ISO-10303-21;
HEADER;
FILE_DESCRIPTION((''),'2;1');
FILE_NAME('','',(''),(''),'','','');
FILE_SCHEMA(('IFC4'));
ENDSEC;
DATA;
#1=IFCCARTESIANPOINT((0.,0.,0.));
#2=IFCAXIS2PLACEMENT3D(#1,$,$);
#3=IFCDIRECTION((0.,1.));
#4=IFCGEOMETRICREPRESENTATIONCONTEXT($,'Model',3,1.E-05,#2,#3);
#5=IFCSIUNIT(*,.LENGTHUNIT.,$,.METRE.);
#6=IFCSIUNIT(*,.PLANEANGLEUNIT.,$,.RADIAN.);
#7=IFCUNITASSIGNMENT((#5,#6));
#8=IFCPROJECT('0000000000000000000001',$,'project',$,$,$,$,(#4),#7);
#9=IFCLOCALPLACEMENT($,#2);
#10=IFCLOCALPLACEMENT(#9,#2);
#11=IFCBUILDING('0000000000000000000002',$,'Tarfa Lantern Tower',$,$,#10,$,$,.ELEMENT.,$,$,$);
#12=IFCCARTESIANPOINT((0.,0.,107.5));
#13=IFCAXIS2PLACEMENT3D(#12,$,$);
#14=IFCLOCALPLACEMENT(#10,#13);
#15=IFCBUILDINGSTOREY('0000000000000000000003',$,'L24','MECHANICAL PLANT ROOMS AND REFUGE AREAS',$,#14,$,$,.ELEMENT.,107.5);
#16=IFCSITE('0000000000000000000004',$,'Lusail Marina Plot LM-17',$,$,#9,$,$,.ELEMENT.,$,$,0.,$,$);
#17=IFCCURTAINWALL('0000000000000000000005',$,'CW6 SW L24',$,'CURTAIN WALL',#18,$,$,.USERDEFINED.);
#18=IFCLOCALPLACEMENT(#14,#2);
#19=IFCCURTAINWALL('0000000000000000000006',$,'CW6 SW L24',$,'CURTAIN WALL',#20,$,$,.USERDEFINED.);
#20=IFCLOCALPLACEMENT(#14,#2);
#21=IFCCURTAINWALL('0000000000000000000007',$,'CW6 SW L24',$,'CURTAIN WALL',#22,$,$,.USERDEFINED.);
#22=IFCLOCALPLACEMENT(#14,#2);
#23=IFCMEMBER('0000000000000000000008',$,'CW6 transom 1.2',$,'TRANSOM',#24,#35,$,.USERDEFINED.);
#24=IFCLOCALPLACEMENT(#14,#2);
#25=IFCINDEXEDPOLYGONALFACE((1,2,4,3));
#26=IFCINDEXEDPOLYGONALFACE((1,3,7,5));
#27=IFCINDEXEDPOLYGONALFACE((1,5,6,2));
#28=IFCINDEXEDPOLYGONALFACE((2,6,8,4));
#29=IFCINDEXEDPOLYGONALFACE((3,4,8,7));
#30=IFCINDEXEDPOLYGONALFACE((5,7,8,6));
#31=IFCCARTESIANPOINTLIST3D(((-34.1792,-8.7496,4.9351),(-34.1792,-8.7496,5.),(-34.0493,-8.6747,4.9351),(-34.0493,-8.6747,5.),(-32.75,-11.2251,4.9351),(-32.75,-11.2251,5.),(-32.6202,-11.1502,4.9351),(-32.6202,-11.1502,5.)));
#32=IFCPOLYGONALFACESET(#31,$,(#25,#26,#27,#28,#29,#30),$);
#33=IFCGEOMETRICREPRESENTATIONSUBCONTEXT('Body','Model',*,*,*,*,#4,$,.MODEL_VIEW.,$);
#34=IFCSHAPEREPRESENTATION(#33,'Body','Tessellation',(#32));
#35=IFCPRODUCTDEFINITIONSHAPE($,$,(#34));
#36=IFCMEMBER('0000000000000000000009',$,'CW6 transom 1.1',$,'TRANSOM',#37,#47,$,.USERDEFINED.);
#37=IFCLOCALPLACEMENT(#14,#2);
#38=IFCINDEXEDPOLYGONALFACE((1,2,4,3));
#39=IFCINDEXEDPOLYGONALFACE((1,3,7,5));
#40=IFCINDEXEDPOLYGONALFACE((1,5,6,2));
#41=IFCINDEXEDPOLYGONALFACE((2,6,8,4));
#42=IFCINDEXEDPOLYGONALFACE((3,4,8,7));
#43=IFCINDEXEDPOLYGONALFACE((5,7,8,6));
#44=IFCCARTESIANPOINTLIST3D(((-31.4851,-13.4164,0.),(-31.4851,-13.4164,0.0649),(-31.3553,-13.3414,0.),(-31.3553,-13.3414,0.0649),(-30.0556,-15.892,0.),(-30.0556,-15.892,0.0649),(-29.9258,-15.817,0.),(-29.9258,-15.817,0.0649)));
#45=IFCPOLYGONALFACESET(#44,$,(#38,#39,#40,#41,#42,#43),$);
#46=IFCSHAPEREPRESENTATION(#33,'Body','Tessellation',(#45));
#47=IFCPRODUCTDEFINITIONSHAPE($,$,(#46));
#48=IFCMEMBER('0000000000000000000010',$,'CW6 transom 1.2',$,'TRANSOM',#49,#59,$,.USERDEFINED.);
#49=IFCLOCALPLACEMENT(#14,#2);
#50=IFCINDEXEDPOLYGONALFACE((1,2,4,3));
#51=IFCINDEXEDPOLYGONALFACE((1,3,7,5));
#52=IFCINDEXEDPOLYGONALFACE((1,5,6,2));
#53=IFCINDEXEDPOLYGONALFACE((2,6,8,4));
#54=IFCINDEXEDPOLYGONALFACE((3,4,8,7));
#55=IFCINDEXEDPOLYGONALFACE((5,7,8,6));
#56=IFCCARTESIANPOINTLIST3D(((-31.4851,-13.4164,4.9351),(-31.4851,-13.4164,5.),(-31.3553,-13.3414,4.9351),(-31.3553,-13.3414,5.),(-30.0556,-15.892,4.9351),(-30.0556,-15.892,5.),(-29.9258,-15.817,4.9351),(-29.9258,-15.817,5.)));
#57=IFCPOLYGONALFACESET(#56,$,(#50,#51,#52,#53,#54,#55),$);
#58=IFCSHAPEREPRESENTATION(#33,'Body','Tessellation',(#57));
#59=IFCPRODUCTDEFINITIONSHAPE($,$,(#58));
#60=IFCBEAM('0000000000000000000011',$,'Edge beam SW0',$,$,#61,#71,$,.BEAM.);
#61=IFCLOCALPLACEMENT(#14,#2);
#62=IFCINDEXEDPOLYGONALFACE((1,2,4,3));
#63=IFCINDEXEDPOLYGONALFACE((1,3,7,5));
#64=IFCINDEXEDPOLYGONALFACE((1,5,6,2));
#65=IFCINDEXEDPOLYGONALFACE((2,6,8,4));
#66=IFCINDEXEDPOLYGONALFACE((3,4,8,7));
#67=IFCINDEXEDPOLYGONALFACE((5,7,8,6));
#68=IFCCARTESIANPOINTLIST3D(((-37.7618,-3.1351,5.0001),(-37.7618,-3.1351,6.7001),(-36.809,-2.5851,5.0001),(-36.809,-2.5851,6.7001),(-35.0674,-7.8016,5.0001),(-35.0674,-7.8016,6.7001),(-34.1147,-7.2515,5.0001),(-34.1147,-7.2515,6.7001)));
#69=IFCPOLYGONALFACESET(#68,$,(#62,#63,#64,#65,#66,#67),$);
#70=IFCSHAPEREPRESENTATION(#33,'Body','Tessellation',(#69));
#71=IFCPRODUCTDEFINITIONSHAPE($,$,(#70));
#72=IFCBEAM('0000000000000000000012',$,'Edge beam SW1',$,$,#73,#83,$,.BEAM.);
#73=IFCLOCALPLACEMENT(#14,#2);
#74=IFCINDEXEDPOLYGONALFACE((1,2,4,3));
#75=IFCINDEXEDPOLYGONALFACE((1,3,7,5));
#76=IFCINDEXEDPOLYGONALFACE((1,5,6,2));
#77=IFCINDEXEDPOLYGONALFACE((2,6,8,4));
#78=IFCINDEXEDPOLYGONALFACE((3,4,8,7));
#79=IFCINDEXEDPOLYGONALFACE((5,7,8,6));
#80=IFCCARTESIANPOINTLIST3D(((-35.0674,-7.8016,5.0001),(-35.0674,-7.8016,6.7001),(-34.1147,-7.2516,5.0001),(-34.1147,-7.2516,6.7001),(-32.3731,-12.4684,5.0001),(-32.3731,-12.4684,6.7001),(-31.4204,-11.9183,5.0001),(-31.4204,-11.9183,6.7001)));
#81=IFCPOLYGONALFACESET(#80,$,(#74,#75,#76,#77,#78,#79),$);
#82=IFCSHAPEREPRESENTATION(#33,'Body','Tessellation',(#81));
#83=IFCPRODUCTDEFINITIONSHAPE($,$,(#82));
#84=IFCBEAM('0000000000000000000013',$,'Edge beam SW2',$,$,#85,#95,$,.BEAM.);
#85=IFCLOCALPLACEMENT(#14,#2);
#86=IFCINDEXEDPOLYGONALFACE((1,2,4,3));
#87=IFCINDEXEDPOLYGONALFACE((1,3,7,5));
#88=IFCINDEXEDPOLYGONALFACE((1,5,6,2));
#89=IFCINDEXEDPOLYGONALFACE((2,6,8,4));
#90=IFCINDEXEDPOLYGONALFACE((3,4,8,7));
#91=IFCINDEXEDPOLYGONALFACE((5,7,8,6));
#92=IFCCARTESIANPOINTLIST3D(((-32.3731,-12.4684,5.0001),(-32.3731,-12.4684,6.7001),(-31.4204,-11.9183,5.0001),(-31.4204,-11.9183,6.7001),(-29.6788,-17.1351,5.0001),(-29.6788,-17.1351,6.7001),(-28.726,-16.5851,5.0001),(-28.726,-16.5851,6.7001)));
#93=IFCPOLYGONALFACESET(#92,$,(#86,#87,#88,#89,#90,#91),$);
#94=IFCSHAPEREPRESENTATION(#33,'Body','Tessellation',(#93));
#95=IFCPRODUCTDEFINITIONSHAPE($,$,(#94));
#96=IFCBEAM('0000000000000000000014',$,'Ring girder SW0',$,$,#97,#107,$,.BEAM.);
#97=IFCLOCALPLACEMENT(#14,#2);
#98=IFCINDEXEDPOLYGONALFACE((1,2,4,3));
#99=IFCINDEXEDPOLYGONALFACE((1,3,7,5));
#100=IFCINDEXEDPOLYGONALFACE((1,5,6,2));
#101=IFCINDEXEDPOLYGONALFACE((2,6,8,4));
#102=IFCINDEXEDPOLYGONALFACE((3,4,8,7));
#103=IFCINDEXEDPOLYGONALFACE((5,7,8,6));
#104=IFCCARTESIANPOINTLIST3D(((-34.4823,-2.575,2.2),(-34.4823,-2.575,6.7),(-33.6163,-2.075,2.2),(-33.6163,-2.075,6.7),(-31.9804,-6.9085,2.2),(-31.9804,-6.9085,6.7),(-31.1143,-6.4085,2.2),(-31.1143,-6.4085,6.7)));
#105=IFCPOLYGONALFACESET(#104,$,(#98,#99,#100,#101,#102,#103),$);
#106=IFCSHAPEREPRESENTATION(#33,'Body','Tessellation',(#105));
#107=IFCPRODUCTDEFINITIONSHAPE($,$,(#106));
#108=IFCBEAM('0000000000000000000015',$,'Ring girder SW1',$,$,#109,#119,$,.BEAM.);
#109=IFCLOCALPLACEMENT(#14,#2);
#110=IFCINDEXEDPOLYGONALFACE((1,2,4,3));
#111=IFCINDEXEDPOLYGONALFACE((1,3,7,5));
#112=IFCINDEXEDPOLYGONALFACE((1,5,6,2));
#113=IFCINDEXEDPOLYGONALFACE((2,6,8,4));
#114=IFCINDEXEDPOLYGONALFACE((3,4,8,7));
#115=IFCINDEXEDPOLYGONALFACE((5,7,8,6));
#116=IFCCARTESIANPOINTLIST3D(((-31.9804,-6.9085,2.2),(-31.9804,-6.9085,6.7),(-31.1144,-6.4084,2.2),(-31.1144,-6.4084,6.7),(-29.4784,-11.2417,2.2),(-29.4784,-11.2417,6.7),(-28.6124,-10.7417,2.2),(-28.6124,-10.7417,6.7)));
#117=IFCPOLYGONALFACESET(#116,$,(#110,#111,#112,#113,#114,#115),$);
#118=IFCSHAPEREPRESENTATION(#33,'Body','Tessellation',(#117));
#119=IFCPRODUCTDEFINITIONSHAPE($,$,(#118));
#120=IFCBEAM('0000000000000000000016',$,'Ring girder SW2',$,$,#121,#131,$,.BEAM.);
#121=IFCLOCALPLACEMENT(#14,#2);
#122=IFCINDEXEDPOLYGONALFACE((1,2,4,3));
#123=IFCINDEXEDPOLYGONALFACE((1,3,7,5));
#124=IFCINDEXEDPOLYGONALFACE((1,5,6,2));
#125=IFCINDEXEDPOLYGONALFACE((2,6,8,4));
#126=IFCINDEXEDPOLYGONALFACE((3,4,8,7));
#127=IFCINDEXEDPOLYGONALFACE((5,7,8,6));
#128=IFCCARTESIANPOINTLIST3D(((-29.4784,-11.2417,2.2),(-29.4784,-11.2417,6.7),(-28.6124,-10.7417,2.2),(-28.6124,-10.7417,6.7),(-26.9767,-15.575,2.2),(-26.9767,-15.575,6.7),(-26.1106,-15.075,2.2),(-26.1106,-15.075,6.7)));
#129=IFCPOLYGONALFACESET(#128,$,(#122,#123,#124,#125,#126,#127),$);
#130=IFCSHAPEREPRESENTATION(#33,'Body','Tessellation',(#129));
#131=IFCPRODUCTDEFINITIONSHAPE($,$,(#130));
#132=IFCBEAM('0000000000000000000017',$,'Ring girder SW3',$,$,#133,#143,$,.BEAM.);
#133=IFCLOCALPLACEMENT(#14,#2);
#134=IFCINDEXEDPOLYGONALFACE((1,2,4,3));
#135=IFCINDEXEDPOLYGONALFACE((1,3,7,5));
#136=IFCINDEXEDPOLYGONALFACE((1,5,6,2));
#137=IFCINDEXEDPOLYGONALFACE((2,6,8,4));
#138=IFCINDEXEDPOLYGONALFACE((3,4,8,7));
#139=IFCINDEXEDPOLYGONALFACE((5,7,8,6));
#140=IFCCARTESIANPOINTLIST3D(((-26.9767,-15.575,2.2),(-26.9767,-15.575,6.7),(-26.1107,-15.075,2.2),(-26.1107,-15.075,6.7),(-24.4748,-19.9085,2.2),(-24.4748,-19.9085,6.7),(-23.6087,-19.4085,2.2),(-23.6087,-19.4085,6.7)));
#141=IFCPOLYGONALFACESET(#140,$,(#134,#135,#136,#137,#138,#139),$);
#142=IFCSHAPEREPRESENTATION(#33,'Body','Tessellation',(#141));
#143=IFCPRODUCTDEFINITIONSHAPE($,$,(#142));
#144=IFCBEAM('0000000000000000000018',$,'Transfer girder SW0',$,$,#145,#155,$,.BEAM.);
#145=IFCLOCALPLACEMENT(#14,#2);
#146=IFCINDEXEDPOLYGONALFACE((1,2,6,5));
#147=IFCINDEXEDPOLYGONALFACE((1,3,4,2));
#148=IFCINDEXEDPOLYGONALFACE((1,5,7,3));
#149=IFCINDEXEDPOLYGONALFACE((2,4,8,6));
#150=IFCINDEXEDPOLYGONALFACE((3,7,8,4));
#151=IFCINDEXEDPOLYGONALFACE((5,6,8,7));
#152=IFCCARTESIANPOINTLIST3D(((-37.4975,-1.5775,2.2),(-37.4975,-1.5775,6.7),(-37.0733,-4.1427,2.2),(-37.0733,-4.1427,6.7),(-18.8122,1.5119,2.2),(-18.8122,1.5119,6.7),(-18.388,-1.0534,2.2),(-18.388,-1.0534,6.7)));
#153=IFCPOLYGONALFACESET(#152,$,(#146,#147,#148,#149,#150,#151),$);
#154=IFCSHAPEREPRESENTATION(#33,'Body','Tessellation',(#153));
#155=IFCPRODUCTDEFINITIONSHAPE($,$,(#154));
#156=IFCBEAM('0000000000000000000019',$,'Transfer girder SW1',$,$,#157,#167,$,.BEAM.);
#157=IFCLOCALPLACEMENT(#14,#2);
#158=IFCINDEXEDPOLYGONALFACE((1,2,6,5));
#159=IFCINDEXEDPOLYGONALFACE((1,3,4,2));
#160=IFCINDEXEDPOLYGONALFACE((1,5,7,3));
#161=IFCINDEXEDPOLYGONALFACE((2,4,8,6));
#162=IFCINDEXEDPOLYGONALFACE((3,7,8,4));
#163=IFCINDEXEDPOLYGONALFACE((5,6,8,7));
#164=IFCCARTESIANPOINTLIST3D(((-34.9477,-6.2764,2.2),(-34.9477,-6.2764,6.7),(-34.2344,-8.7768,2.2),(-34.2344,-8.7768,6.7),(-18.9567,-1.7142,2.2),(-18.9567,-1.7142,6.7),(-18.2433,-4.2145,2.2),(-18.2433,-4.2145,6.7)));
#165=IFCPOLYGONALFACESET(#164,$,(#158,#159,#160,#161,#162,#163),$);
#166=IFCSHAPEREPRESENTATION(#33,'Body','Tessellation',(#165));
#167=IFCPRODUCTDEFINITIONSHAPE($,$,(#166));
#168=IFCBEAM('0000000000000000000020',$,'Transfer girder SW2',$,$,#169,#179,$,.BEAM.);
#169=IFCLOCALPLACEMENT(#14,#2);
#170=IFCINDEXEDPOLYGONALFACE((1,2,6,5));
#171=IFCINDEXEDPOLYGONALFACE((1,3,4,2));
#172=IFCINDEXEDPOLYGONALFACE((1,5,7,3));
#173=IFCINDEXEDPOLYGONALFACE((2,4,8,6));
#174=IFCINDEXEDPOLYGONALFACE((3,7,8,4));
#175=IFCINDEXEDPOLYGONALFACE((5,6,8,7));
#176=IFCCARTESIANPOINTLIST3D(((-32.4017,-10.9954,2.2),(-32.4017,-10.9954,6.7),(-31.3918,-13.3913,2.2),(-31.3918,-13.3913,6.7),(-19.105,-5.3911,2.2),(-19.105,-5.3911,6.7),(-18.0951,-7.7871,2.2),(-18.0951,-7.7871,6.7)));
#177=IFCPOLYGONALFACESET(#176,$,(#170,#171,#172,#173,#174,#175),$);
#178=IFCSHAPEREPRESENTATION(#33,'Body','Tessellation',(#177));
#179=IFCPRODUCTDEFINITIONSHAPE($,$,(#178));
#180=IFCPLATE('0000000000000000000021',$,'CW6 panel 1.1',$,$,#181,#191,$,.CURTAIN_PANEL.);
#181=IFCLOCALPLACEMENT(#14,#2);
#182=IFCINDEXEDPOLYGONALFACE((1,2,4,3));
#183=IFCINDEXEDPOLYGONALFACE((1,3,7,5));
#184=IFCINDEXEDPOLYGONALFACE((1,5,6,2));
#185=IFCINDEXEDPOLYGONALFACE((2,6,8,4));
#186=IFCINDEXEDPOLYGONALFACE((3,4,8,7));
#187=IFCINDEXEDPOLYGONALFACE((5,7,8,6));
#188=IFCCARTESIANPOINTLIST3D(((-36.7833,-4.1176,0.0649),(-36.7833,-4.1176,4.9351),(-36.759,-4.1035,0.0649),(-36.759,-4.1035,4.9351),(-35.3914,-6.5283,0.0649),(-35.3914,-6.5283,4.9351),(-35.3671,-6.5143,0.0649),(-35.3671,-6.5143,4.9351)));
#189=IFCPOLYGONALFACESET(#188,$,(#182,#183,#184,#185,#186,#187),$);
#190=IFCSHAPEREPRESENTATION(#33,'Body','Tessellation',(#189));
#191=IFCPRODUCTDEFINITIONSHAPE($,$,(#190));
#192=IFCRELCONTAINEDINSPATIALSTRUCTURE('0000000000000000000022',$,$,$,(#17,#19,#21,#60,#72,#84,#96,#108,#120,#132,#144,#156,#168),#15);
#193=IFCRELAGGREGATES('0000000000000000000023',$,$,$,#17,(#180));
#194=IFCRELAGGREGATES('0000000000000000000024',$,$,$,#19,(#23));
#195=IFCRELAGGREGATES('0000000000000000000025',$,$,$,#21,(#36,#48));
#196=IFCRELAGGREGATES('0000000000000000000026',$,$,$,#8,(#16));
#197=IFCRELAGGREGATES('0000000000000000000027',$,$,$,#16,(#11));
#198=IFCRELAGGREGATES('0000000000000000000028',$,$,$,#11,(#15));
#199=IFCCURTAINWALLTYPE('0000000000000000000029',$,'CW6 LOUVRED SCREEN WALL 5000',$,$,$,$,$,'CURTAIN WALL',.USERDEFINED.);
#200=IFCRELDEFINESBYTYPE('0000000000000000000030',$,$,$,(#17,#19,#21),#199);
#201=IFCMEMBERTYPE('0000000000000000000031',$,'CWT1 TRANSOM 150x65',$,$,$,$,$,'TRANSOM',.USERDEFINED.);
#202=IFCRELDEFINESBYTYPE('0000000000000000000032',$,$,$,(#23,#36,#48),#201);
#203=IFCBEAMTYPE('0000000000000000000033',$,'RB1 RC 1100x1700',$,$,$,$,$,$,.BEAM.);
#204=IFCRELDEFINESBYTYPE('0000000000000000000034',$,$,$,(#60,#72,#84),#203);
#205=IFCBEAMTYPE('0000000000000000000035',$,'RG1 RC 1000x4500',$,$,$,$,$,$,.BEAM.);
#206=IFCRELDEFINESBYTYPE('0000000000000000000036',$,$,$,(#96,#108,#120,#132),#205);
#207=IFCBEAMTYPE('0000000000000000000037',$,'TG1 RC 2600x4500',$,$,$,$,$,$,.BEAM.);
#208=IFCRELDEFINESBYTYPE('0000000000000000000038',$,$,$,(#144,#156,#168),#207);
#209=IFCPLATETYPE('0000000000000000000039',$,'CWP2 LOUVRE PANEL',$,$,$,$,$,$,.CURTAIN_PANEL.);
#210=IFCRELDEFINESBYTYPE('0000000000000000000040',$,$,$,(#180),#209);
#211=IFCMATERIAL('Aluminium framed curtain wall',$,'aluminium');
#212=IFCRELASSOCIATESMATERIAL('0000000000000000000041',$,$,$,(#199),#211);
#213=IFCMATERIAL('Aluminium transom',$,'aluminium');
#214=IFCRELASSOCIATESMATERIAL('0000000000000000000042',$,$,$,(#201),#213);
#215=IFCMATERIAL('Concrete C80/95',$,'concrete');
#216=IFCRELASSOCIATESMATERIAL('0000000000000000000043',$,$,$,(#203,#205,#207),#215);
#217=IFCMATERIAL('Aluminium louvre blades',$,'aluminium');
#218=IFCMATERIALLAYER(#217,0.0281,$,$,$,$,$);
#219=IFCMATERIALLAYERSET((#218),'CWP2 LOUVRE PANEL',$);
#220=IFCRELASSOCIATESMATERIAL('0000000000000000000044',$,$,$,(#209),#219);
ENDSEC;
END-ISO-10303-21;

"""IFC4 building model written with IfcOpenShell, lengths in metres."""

from ifc_helpers import new_model, si_unit, direction, frame, origin, origin_2d, place, context, subcontext, project, spatial, rectangle, extrude, material, layer, layer_set, material_profile, profile_set, type_object, element, aggregate, save


model = new_model("IFC4")

# Units and contexts
model_context = context("Model", 3, precision=1e-05, world=origin(), true_north=direction((0.0, 1.0)))
body_context = subcontext(model_context, "Body", "Model", "MODEL_VIEW")
ifc_project = project(units=[si_unit("LENGTHUNIT", "METRE"), si_unit("PLANEANGLEUNIT", "RADIAN")], contexts=[model_context])

# Site, building, storey
site_placement = place(None, origin())
site = spatial("IfcSite", under=ifc_project, at=site_placement, Name="Lusail Marina Plot LM-17", CompositionType="ELEMENT", RefElevation=0.0)
building_placement = place(site_placement, origin())
building = spatial("IfcBuilding", under=site, at=building_placement, Name="Tarfa Lantern Tower", CompositionType="ELEMENT")
storey_placement = place(building_placement, frame((0.0, 0.0, 107.5)))
storey = spatial("IfcBuildingStorey", under=building, at=storey_placement, Name="L24", Description="MECHANICAL PLANT ROOMS AND REFUGE AREAS", CompositionType="ELEMENT", Elevation=107.5)

# Shared definitions
ifc_material_1 = material(Name="Concrete C80/95", Category="concrete")

# Curtain walls
ifc_material_2 = material(Name="Aluminium framed curtain wall", Category="aluminium")
curtain_wall_type = type_object("IfcCurtainWallType", Name="CW6 LOUVRED SCREEN WALL 5000", ElementType="CURTAIN WALL", PredefinedType="USERDEFINED", material=ifc_material_2)
curtain_wall_1_placement = place(storey_placement, origin())
curtain_wall_1 = element("IfcCurtainWall", 1, at=curtain_wall_1_placement, inside=storey, type_object=curtain_wall_type, Name="CW6 SW L24", ObjectType="CURTAIN WALL", PredefinedType="USERDEFINED")
curtain_wall_2_placement = place(storey_placement, origin())
curtain_wall_2 = element("IfcCurtainWall", 2, at=curtain_wall_2_placement, inside=storey, type_object=curtain_wall_type, Name="CW6 SW L24", ObjectType="CURTAIN WALL", PredefinedType="USERDEFINED")

# Curtain wall
curtain_wall_3_placement = place(storey_placement, origin())
curtain_wall_3 = element("IfcCurtainWall", 3, at=curtain_wall_3_placement, inside=storey, type_object=curtain_wall_type, Name="CW6 SW L24", ObjectType="CURTAIN WALL", PredefinedType="USERDEFINED")

# Members
ifc_material_3 = material(Name="Aluminium transom", Category="aluminium")
ifc_material_profile_1 = material_profile(ifc_material_3, rectangle(XDim=0.1499, YDim=0.0649, at=origin_2d()), Name="AL TRANSOM 150x65")
ifc_profile_set_1 = profile_set([ifc_material_profile_1], Name="Aluminium transom")
member_type_1 = type_object("IfcMemberType", Name="CWT1 TRANSOM 150x65", ElementType="TRANSOM", PredefinedType="USERDEFINED", material=ifc_profile_set_1)
member_1_placement = place(storey_placement, frame((-34.1143, -8.7122, 4.9675), z_axis=(0.499979, -0.866038, 0.0), x_axis=(0.866038, 0.499979, 0.0)))
member_1 = element("IfcMember", 4, at=member_1_placement, type_object=member_type_1, Name="CW6 transom 1.2", ObjectType="TRANSOM", PredefinedType="USERDEFINED", context=body_context, shape_type="SweptSolid", body=[
    extrude(rectangle(XDim=0.1499, YDim=0.0649, at=origin_2d()), origin(), (0.0, 0.0, 1.0), 2.8584),
])
member_2_placement = place(storey_placement, frame((-31.4202, -13.3789, 0.0325), z_axis=(0.500043, -0.866001, 0.0), x_axis=(0.866001, 0.500043, 0.0)))
member_2 = element("IfcMember", 5, at=member_2_placement, type_object=member_type_1, Name="CW6 transom 1.1", ObjectType="TRANSOM", PredefinedType="USERDEFINED", context=body_context, shape_type="SweptSolid", body=[
    extrude(rectangle(XDim=0.1499, YDim=0.0649, at=origin_2d()), origin(), (0.0, 0.0, 1.0), 2.8586),
])
member_3_placement = place(storey_placement, frame((-31.4202, -13.3789, 4.9675), z_axis=(0.500043, -0.866001, 0.0), x_axis=(0.866001, 0.500043, 0.0)))
member_3 = element("IfcMember", 6, at=member_3_placement, type_object=member_type_1, Name="CW6 transom 1.2", ObjectType="TRANSOM", PredefinedType="USERDEFINED", context=body_context, shape_type="SweptSolid", body=[
    extrude(rectangle(XDim=0.1499, YDim=0.0649, at=origin_2d()), origin(), (0.0, 0.0, 1.0), 2.8586),
])

# Beams
ifc_material_profile_2 = material_profile(ifc_material_1, rectangle(XDim=1.1001, YDim=1.7, at=origin_2d()), Name="RC 1100x1700")
ifc_profile_set_2 = profile_set([ifc_material_profile_2], Name="Concrete C80/95")
beam_type_1 = type_object("IfcBeamType", Name="RB1 RC 1100x1700", PredefinedType="BEAM", material=ifc_profile_set_2)
beam_1_placement = place(storey_placement, frame((-37.2854, -2.8601, 5.8501), z_axis=(0.500018, -0.866015, 0.0), x_axis=(0.866015, 0.500018, 0.0)))
element("IfcBeam", 7, at=beam_1_placement, inside=storey, type_object=beam_type_1, Name="Edge beam SW0", PredefinedType="BEAM", context=body_context, shape_type="SweptSolid", body=[
    extrude(rectangle(XDim=1.1001, YDim=1.7, at=origin_2d()), origin(), (0.0, 0.0, 1.0), 5.3884),
])
for number, where, z_axis, x_axis, name in (
    (8, (-34.5911, -7.5266, 5.8501), (0.499998, -0.866026, 0.0), (0.866026, 0.499998, 0.0), "Edge beam SW1"),
    (9, (-31.8967, -12.1934, 5.8501), (0.499998, -0.866026, 0.0), (0.866026, 0.499998, 0.0), "Edge beam SW2"),
):
    element("IfcBeam", number, at=place(storey_placement, frame(where, z_axis=z_axis, x_axis=x_axis)), inside=storey, type_object=beam_type_1, Name=name, PredefinedType="BEAM", context=body_context, shape_type="SweptSolid", body=[
        extrude(rectangle(XDim=1.1001, YDim=1.7, at=origin_2d()), origin(), (0.0, 0.0, 1.0), 5.3887),
    ])
ifc_material_profile_3 = material_profile(ifc_material_1, rectangle(XDim=1.0, YDim=4.5, at=origin_2d()), Name="RC 1000x4500")
ifc_profile_set_3 = profile_set([ifc_material_profile_3], Name="Concrete C80/95")
beam_type_2 = type_object("IfcBeamType", Name="RG1 RC 1000x4500", PredefinedType="BEAM", material=ifc_profile_set_3)
beam_2_placement = place(storey_placement, frame((-34.0493, -2.325, 4.45), z_axis=(0.500001, -0.866025, 0.0), x_axis=(0.866025, 0.500001, 0.0)))
element("IfcBeam", 10, at=beam_2_placement, inside=storey, type_object=beam_type_2, Name="Ring girder SW0", PredefinedType="BEAM", context=body_context, shape_type="SweptSolid", body=[
    extrude(rectangle(XDim=1.0, YDim=4.5, at=origin_2d()), origin(), (0.0, 0.0, 1.0), 5.0039),
])
for number, where, z_axis, x_axis, name in (
    (11, (-31.5474, -6.6584, 4.45), (0.500022, -0.866013, 0.0), (0.866013, 0.500022, 0.0), "Ring girder SW1"),
    (12, (-29.0454, -10.9917, 4.45), (0.499986, -0.866034, 0.0), (0.866034, 0.499986, 0.0), "Ring girder SW2"),
):
    element("IfcBeam", number, at=place(storey_placement, frame(where, z_axis=z_axis, x_axis=x_axis)), inside=storey, type_object=beam_type_2, Name=name, PredefinedType="BEAM", context=body_context, shape_type="SweptSolid", body=[
        extrude(rectangle(XDim=1.0, YDim=4.5, at=origin_2d()), origin(), (0.0, 0.0, 1.0), 5.0037),
    ])
beam_3_placement = place(storey_placement, frame((-26.5437, -15.325, 4.45), z_axis=(0.500001, -0.866025, 0.0), x_axis=(0.866025, 0.500001, 0.0)))
element("IfcBeam", 13, at=beam_3_placement, inside=storey, type_object=beam_type_2, Name="Ring girder SW3", PredefinedType="BEAM", context=body_context, shape_type="SweptSolid", body=[
    extrude(rectangle(XDim=1.0, YDim=4.5, at=origin_2d()), origin(), (0.0, 0.0, 1.0), 5.0039),
])
ifc_material_profile_4 = material_profile(ifc_material_1, rectangle(XDim=2.6001, YDim=4.5, at=origin_2d()), Name="RC 2600x4500")
ifc_profile_set_4 = profile_set([ifc_material_profile_4], Name="Concrete C80/95")
beam_type_3 = type_object("IfcBeamType", Name="TG1 RC 2600x4500", PredefinedType="BEAM", material=ifc_profile_set_4)
beam_4_placement = place(storey_placement, frame((-37.2854, -2.8601, 4.45), z_axis=(0.986606, 0.163122, 0.0), x_axis=(-0.163122, 0.986606, 0.0)))
element("IfcBeam", 14, at=beam_4_placement, inside=storey, type_object=beam_type_3, Name="Transfer girder SW0", PredefinedType="BEAM", context=body_context, shape_type="SweptSolid", body=[
    extrude(rectangle(XDim=2.6001, YDim=4.5, at=origin_2d()), origin(), (0.0, 0.0, 1.0), 18.939),
])
beam_5_placement = place(storey_placement, frame((-34.5911, -7.5266, 4.45), z_axis=(0.961629, 0.274355, 0.0), x_axis=(-0.274355, 0.961629, 0.0)))
element("IfcBeam", 15, at=beam_5_placement, inside=storey, type_object=beam_type_3, Name="Transfer girder SW1", PredefinedType="BEAM", context=body_context, shape_type="SweptSolid", body=[
    extrude(rectangle(XDim=2.6001, YDim=4.5, at=origin_2d()), origin(), (0.0, 0.0, 1.0), 16.6292),
])
beam_6_placement = place(storey_placement, frame((-31.8967, -12.1934, 4.45), z_axis=(0.921495, 0.388391, 0.0), x_axis=(-0.388391, 0.921495, 0.0)))
element("IfcBeam", 16, at=beam_6_placement, inside=storey, type_object=beam_type_3, Name="Transfer girder SW2", PredefinedType="BEAM", context=body_context, shape_type="SweptSolid", body=[
    extrude(rectangle(XDim=2.6001, YDim=4.5, at=origin_2d()), origin(), (0.0, 0.0, 1.0), 14.4294),
])

# Plate
ifc_material_4 = material(Name="Aluminium louvre blades", Category="aluminium")
ifc_layer_1 = layer(ifc_material_4, 0.0281)
ifc_layer_set_1 = layer_set([ifc_layer_1], Name="CWP2 LOUVRE PANEL")
plate_type = type_object("IfcPlateType", Name="CWP2 LOUVRE PANEL", PredefinedType="CURTAIN_PANEL", material=ifc_layer_set_1)
plate_1_placement = place(storey_placement, frame((-36.0752, -5.3159, 0.0649), z_axis=(0.0, 0.0, 1.0), x_axis=(0.5, -0.866025, 0.0)))
plate_1 = element("IfcPlate", 17, at=plate_1_placement, type_object=plate_type, Name="CW6 panel 1.1", PredefinedType="CURTAIN_PANEL", context=body_context, shape_type="SweptSolid", body=[
    extrude(rectangle(XDim=2.7837, YDim=0.0281, at=origin_2d()), origin(), (0.0, 0.0, 1.0), 4.8701),
])
aggregate(curtain_wall_1, [plate_1])
aggregate(curtain_wall_2, [member_1])
aggregate(curtain_wall_3, [member_2, member_3])

save(model, "model.ifc")
